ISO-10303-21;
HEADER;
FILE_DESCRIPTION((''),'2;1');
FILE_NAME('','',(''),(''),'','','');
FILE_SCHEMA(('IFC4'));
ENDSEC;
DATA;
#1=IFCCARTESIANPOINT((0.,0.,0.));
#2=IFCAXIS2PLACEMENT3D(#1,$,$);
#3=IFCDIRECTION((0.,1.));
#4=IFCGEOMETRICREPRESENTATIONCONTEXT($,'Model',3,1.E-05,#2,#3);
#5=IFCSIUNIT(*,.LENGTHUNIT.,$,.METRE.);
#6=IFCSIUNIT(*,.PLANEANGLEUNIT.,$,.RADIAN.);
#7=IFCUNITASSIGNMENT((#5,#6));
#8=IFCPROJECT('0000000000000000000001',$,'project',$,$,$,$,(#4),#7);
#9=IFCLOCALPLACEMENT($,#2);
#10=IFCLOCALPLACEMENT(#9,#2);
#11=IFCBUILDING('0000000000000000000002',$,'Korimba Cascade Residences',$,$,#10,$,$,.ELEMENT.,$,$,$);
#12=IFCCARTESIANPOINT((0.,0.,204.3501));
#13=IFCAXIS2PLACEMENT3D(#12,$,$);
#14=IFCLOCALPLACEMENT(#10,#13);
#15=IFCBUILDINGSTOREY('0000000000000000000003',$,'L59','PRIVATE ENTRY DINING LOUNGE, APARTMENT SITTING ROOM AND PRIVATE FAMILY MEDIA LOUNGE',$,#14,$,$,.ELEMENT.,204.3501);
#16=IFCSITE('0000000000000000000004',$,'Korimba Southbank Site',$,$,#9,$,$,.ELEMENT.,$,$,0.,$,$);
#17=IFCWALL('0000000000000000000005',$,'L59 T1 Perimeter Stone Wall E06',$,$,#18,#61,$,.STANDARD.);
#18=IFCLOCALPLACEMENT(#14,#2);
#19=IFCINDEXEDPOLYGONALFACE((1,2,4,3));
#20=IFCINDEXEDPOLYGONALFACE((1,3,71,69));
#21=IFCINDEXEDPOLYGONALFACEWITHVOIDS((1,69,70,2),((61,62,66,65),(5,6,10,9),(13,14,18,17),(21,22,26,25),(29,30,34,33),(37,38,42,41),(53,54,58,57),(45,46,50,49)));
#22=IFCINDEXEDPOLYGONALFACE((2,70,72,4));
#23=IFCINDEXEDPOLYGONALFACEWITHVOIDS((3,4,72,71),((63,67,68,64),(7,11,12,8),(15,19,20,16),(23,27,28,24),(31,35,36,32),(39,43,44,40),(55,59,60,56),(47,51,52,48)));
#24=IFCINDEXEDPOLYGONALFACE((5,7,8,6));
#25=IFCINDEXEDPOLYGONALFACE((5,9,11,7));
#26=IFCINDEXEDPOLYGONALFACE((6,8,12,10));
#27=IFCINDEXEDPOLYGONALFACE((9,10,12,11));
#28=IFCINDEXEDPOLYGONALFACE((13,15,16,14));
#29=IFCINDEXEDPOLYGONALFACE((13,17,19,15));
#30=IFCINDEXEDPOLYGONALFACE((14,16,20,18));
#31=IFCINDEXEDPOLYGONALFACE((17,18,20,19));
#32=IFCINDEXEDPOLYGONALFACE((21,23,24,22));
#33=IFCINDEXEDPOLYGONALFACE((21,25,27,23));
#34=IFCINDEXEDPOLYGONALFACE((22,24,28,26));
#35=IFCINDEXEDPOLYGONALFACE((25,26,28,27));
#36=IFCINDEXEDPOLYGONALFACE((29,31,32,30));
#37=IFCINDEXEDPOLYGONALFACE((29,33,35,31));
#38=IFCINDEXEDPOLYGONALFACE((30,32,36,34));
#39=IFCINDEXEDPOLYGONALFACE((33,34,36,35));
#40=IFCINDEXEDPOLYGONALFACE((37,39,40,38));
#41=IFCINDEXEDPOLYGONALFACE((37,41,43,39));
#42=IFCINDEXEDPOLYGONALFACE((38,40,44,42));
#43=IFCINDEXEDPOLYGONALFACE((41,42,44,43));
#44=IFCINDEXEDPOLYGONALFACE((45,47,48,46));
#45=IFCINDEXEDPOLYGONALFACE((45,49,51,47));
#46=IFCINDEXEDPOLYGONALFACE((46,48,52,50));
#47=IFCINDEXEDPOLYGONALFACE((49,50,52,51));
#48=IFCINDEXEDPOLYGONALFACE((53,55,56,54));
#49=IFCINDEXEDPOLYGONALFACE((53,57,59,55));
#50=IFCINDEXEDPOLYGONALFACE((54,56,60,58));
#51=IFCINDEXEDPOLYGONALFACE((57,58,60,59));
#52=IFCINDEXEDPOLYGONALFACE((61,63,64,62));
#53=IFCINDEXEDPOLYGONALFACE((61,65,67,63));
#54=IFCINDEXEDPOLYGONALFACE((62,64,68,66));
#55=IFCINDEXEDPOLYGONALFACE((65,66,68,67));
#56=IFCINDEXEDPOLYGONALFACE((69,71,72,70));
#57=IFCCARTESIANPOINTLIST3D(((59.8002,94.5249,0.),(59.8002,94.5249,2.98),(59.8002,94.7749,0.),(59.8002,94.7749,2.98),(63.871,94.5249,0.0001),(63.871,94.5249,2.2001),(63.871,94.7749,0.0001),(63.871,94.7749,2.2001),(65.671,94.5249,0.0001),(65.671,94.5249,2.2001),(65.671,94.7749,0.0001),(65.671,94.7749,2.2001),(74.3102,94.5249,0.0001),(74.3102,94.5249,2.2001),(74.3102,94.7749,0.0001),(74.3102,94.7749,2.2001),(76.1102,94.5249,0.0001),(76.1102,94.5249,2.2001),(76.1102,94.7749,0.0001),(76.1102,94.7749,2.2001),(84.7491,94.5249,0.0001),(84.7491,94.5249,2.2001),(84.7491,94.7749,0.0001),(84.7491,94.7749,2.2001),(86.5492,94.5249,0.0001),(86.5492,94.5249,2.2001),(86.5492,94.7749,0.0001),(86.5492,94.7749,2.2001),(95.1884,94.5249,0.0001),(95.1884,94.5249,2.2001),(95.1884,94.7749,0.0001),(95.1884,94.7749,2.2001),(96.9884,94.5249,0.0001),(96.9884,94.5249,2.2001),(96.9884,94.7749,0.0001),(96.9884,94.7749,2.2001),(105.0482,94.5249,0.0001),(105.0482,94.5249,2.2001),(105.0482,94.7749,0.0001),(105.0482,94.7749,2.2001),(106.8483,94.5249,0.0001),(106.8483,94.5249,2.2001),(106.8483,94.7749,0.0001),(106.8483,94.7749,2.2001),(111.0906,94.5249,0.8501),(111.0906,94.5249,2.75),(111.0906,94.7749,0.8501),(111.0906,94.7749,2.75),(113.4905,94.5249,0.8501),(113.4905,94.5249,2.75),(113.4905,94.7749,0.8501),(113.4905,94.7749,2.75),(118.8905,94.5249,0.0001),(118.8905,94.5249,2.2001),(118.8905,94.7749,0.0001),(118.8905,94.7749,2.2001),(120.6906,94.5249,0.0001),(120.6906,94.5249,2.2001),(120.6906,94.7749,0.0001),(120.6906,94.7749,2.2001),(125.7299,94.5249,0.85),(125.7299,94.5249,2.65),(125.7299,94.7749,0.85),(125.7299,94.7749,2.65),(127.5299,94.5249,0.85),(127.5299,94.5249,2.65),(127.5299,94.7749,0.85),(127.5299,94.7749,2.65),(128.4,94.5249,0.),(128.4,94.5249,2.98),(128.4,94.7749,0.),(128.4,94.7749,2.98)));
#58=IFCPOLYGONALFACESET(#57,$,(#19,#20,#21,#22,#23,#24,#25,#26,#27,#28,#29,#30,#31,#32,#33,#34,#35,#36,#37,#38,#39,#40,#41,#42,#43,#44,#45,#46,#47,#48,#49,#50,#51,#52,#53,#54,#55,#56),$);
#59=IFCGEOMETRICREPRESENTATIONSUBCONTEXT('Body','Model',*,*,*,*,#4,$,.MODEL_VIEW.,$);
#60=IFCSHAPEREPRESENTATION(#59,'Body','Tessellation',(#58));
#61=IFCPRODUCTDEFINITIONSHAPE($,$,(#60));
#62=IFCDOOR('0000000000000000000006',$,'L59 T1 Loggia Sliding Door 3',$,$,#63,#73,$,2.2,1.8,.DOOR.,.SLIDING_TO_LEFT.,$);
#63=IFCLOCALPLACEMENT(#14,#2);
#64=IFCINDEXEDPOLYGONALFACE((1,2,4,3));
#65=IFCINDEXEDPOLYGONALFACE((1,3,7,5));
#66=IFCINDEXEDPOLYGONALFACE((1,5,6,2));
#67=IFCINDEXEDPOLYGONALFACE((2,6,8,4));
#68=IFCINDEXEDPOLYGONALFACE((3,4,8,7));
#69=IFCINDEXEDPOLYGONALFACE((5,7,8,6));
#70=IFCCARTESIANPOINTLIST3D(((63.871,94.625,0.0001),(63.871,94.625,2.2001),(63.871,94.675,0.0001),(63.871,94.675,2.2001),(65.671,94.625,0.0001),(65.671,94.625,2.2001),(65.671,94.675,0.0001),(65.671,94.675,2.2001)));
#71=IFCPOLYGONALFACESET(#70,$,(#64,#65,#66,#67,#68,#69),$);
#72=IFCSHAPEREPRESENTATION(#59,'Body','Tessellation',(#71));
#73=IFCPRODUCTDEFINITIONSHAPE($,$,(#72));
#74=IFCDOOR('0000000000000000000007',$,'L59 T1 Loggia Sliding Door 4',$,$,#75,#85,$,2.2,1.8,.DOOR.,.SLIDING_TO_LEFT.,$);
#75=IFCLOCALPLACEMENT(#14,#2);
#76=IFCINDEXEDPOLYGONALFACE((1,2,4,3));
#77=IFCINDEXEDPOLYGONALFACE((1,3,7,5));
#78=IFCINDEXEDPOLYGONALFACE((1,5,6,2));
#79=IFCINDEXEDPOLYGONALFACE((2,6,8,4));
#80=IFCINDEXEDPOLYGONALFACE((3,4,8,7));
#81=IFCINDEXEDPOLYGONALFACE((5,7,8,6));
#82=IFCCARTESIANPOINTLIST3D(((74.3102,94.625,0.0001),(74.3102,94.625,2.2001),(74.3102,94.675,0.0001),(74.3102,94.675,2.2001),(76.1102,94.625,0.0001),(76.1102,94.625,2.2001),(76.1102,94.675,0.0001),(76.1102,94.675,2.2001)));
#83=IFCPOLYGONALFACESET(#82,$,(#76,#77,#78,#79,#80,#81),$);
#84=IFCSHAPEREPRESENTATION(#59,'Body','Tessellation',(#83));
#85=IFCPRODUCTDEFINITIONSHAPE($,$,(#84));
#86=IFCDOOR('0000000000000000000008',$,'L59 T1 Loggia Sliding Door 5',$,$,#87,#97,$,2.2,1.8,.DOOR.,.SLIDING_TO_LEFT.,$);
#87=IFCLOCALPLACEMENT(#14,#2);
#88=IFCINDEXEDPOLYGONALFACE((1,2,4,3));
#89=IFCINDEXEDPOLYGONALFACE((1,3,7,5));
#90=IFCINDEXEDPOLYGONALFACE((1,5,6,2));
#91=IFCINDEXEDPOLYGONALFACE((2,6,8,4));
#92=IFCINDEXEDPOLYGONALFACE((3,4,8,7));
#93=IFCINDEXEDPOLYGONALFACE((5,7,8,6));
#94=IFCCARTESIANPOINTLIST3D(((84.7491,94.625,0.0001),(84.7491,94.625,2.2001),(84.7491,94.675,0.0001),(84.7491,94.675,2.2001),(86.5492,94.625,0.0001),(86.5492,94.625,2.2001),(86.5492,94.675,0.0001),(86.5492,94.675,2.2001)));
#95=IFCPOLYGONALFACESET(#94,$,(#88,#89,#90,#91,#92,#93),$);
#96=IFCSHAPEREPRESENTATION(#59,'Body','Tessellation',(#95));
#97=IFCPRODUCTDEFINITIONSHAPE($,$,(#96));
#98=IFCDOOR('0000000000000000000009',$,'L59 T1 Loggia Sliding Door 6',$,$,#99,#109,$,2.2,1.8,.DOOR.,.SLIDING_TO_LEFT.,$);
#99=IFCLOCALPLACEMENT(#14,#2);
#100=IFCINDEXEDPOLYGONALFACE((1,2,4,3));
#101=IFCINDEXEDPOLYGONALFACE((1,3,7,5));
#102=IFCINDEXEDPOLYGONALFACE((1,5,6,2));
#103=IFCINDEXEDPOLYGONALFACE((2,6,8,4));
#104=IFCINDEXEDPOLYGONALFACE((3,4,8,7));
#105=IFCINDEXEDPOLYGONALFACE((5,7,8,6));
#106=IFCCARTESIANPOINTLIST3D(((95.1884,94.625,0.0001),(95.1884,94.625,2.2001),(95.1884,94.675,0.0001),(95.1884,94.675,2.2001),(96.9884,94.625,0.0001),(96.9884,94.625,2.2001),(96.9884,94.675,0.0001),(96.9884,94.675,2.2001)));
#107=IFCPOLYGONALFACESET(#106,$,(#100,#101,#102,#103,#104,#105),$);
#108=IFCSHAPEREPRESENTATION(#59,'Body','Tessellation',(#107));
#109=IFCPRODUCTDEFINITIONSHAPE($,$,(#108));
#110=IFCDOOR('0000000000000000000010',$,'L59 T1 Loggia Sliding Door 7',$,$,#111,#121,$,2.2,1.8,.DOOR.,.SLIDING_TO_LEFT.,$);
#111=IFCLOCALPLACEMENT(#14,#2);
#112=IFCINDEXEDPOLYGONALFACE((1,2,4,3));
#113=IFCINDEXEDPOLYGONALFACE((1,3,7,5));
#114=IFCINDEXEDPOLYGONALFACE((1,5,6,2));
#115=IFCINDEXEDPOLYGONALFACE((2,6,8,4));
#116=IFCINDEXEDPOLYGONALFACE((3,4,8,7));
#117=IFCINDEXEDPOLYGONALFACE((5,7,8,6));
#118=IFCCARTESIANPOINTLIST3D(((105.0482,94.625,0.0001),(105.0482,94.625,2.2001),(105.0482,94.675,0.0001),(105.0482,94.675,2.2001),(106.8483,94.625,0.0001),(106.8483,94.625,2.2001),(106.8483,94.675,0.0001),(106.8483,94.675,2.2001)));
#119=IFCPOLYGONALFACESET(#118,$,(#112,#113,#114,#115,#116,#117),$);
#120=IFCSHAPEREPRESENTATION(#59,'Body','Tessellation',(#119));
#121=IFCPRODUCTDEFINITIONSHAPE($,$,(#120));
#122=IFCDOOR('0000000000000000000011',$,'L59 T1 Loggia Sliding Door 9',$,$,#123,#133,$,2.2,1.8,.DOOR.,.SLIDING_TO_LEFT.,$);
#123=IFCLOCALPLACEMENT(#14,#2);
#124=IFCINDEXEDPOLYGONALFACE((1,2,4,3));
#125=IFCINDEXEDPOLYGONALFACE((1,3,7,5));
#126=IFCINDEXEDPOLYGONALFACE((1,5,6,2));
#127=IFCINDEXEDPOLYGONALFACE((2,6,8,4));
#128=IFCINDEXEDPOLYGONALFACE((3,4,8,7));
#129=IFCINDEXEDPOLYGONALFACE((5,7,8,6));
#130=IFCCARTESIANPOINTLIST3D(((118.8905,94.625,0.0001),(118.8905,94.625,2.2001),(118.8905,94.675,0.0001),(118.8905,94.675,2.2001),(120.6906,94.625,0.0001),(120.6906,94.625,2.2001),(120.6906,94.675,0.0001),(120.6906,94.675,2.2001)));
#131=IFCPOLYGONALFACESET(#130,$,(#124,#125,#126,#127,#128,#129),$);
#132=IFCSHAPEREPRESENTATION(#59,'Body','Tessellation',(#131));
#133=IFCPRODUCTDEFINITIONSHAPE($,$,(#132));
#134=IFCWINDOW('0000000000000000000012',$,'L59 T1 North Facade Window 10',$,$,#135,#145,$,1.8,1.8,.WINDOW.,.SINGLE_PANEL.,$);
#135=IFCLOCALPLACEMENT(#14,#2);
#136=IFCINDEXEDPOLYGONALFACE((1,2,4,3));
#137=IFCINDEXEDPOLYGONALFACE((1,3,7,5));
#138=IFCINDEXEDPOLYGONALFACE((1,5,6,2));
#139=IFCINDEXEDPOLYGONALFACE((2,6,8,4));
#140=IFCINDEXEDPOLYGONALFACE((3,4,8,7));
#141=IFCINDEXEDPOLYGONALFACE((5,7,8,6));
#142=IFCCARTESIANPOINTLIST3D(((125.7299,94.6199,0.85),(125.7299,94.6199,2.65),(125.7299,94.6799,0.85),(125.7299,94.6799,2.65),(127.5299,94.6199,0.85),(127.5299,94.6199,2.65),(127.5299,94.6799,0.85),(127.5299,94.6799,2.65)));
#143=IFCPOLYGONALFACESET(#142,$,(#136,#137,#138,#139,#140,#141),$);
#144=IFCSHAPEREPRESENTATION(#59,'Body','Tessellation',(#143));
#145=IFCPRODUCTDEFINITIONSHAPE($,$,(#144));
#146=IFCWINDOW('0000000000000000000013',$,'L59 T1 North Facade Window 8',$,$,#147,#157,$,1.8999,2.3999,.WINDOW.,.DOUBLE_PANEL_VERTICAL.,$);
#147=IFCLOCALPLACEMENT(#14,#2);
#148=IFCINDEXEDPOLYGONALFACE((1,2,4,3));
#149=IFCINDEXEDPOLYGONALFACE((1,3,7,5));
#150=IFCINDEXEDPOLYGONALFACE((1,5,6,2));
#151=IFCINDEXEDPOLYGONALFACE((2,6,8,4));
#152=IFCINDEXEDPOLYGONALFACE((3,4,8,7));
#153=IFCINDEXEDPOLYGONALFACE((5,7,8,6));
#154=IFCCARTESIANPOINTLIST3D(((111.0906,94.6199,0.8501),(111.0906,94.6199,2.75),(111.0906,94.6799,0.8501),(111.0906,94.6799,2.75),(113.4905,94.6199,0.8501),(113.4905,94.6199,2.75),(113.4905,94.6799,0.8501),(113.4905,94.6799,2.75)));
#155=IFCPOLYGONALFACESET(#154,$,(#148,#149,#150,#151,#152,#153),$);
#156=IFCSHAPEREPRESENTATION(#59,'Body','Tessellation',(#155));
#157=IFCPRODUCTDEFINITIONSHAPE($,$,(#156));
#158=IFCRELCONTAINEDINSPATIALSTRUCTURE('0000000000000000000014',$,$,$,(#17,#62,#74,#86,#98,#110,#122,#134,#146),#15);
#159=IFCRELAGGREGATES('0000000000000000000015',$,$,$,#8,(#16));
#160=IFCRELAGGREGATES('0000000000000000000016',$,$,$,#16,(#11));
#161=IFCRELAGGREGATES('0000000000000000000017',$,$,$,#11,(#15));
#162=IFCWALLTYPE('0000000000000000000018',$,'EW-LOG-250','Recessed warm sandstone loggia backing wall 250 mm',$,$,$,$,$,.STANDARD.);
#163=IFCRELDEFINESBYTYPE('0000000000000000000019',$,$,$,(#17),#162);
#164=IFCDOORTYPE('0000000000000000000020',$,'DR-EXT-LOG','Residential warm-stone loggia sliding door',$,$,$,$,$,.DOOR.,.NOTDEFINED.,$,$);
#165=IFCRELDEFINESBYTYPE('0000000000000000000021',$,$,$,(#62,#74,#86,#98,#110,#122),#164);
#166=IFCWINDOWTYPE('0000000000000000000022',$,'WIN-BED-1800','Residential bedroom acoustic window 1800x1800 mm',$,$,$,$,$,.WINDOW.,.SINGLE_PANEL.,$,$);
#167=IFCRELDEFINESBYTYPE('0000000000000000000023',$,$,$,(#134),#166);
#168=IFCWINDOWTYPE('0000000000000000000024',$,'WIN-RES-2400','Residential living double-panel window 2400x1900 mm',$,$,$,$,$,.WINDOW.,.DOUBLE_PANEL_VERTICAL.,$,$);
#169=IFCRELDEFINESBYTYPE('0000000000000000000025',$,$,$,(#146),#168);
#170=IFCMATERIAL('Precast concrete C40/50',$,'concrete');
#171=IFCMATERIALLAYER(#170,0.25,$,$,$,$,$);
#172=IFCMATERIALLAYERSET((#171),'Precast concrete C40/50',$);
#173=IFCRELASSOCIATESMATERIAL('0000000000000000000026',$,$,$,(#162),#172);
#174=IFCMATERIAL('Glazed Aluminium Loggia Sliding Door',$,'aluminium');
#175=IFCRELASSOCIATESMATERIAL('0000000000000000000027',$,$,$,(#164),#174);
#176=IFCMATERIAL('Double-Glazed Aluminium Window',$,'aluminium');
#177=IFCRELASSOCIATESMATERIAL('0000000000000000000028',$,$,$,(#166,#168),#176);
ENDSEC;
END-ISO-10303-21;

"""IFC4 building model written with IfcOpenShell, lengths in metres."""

from ifc_helpers import new_model, si_unit, direction, frame, frame_2d, origin, place, context, subcontext, project, spatial, rectangle, extrude, material, layer, layer_set, type_object, element, fill, save


model = new_model("IFC4")

# Units and contexts
model_context = context("Model", 3, precision=1e-05, world=origin(), true_north=direction((0.0, 1.0)))
body_context = subcontext(model_context, "Body", "Model", "MODEL_VIEW")
ifc_project = project(units=[si_unit("LENGTHUNIT", "METRE"), si_unit("PLANEANGLEUNIT", "RADIAN")], contexts=[model_context])

# Site, building, storey
site_placement = place(None, origin())
site = spatial("IfcSite", under=ifc_project, at=site_placement, Name="Korimba Southbank Site", CompositionType="ELEMENT", RefElevation=0.0)
building_placement = place(site_placement, origin())
building = spatial("IfcBuilding", under=site, at=building_placement, Name="Korimba Cascade Residences", CompositionType="ELEMENT")
storey_placement = place(building_placement, frame((0.0, 0.0, 204.3501)))
storey = spatial("IfcBuildingStorey", under=building, at=storey_placement, Name="L59", Description="PRIVATE ENTRY DINING LOUNGE, APARTMENT SITTING ROOM AND PRIVATE FAMILY MEDIA LOUNGE", CompositionType="ELEMENT", Elevation=204.3501)

# Wall, openings, doors, windows
ifc_material_1 = material(Name="Precast concrete C40/50", Category="concrete")
ifc_layer_1 = layer(ifc_material_1, 0.25)
ifc_layer_set_1 = layer_set([ifc_layer_1], Name="Precast concrete C40/50")
wall_type_1 = type_object("IfcWallType", Name="EW-LOG-250", Description="Recessed warm sandstone loggia backing wall 250 mm", PredefinedType="STANDARD", material=ifc_layer_set_1)
wall_placement = place(storey_placement, frame((128.3999, 94.6499, 0.0), z_axis=(0.0, 0.0, 1.0), x_axis=(-1.0, 0.0, 0.0)))
wall = element("IfcWall", 1, at=wall_placement, inside=storey, type_object=wall_type_1, Name="L59 T1 Perimeter Stone Wall E06", PredefinedType="STANDARD", context=body_context, shape_type="SweptSolid", body=[
    extrude(rectangle(XDim=68.5999, YDim=0.25, at=frame_2d((34.2998, 0.0))), origin(), (0.0, 0.0, 1.0), 2.98),
])
opening_1_placement = place(wall_placement, frame((62.729, 0.0, 0.0)))
opening_1 = element("IfcOpeningElement", 2, at=opening_1_placement, cuts=wall, PredefinedType="OPENING", context=body_context, shape_type="SweptSolid", body=[
    extrude(rectangle(XDim=1.8, YDim=2.2, at=frame_2d((0.8999, 1.1001))), frame((0.0, 0.135, 0.0), z_axis=(0.0, -1.0, 0.0), x_axis=(1.0, 0.0, 0.0)), (0.0, 0.0, 1.0), 0.27),
])
opening_2_placement = place(wall_placement, frame((52.2898, 0.0, 0.0)))
opening_2 = element("IfcOpeningElement", 3, at=opening_2_placement, cuts=wall, PredefinedType="OPENING", context=body_context, shape_type="SweptSolid", body=[
    extrude(rectangle(XDim=1.8, YDim=2.2, at=frame_2d((0.8999, 1.1001))), frame((0.0, 0.135, 0.0), z_axis=(0.0, -1.0, 0.0), x_axis=(1.0, 0.0, 0.0)), (0.0, 0.0, 1.0), 0.27),
])
opening_3_placement = place(wall_placement, frame((41.8508, 0.0, 0.0)))
opening_3 = element("IfcOpeningElement", 4, at=opening_3_placement, cuts=wall, PredefinedType="OPENING", context=body_context, shape_type="SweptSolid", body=[
    extrude(rectangle(XDim=1.8, YDim=2.2, at=frame_2d((0.8999, 1.1001))), frame((0.0, 0.135, 0.0), z_axis=(0.0, -1.0, 0.0), x_axis=(1.0, 0.0, 0.0)), (0.0, 0.0, 1.0), 0.27),
])
opening_4_placement = place(wall_placement, frame((31.4116, 0.0, 0.0)))
opening_4 = element("IfcOpeningElement", 5, at=opening_4_placement, cuts=wall, PredefinedType="OPENING", context=body_context, shape_type="SweptSolid", body=[
    extrude(rectangle(XDim=1.8, YDim=2.2, at=frame_2d((0.8999, 1.1001))), frame((0.0, 0.135, 0.0), z_axis=(0.0, -1.0, 0.0), x_axis=(1.0, 0.0, 0.0)), (0.0, 0.0, 1.0), 0.27),
])
opening_5_placement = place(wall_placement, frame((21.5518, 0.0, 0.0)))
opening_5 = element("IfcOpeningElement", 6, at=opening_5_placement, cuts=wall, PredefinedType="OPENING", context=body_context, shape_type="SweptSolid", body=[
    extrude(rectangle(XDim=1.8, YDim=2.2, at=frame_2d((0.8999, 1.1001))), frame((0.0, 0.135, 0.0), z_axis=(0.0, -1.0, 0.0), x_axis=(1.0, 0.0, 0.0)), (0.0, 0.0, 1.0), 0.27),
])
opening_6_placement = place(wall_placement, frame((14.9094, 0.0, 0.8501)))
opening_6 = element("IfcOpeningElement", 7, at=opening_6_placement, cuts=wall, PredefinedType="OPENING", context=body_context, shape_type="SweptSolid", body=[
    extrude(rectangle(XDim=2.3999, YDim=1.8999, at=frame_2d((1.2, 0.95))), frame((0.0, 0.135, 0.0), z_axis=(0.0, -1.0, 0.0), x_axis=(1.0, 0.0, 0.0)), (0.0, 0.0, 1.0), 0.27),
])
opening_7_placement = place(wall_placement, frame((7.7095, 0.0, 0.0)))
opening_7 = element("IfcOpeningElement", 8, at=opening_7_placement, cuts=wall, PredefinedType="OPENING", context=body_context, shape_type="SweptSolid", body=[
    extrude(rectangle(XDim=1.8, YDim=2.2, at=frame_2d((0.8999, 1.1001))), frame((0.0, 0.135, 0.0), z_axis=(0.0, -1.0, 0.0), x_axis=(1.0, 0.0, 0.0)), (0.0, 0.0, 1.0), 0.27),
])
opening_8_placement = place(wall_placement, frame((0.8701, 0.0, 0.8501)))
opening_8 = element("IfcOpeningElement", 9, at=opening_8_placement, cuts=wall, PredefinedType="OPENING", context=body_context, shape_type="SweptSolid", body=[
    extrude(rectangle(XDim=1.8, YDim=1.8, at=frame_2d((0.8999, 0.8999))), frame((0.0, 0.135, 0.0), z_axis=(0.0, -1.0, 0.0), x_axis=(1.0, 0.0, 0.0)), (0.0, 0.0, 1.0), 0.27),
])
ifc_material_2 = material(Name="Glazed Aluminium Loggia Sliding Door", Category="aluminium")
door_type = type_object("IfcDoorType", Name="DR-EXT-LOG", Description="Residential warm-stone loggia sliding door", OperationType="NOTDEFINED", PredefinedType="DOOR", material=ifc_material_2)
door_1_placement = place(opening_1_placement, origin())
door_1 = element("IfcDoor", 10, at=door_1_placement, inside=storey, type_object=door_type, Name="L59 T1 Loggia Sliding Door 3", OperationType="SLIDING_TO_LEFT", OverallHeight=2.2, OverallWidth=1.8, PredefinedType="DOOR", context=body_context, shape_type="SweptSolid", body=[
    extrude(rectangle(XDim=1.8, YDim=2.2, at=frame_2d((0.8999, 1.1001))), frame((0.0, 0.0249, 0.0), z_axis=(0.0, -1.0, 0.0), x_axis=(1.0, 0.0, 0.0)), (0.0, 0.0, 1.0), 0.05),
])
fill(opening_1, door_1)
door_2_placement = place(opening_2_placement, origin())
door_2 = element("IfcDoor", 11, at=door_2_placement, inside=storey, type_object=door_type, Name="L59 T1 Loggia Sliding Door 4", OperationType="SLIDING_TO_LEFT", OverallHeight=2.2, OverallWidth=1.8, PredefinedType="DOOR", context=body_context, shape_type="SweptSolid", body=[
    extrude(rectangle(XDim=1.8, YDim=2.2, at=frame_2d((0.8999, 1.1001))), frame((0.0, 0.0249, 0.0), z_axis=(0.0, -1.0, 0.0), x_axis=(1.0, 0.0, 0.0)), (0.0, 0.0, 1.0), 0.05),
])
fill(opening_2, door_2)
door_3_placement = place(opening_3_placement, origin())
door_3 = element("IfcDoor", 12, at=door_3_placement, inside=storey, type_object=door_type, Name="L59 T1 Loggia Sliding Door 5", OperationType="SLIDING_TO_LEFT", OverallHeight=2.2, OverallWidth=1.8, PredefinedType="DOOR", context=body_context, shape_type="SweptSolid", body=[
    extrude(rectangle(XDim=1.8, YDim=2.2, at=frame_2d((0.8999, 1.1001))), frame((0.0, 0.0249, 0.0), z_axis=(0.0, -1.0, 0.0), x_axis=(1.0, 0.0, 0.0)), (0.0, 0.0, 1.0), 0.05),
])
fill(opening_3, door_3)
door_4_placement = place(opening_4_placement, origin())
door_4 = element("IfcDoor", 13, at=door_4_placement, inside=storey, type_object=door_type, Name="L59 T1 Loggia Sliding Door 6", OperationType="SLIDING_TO_LEFT", OverallHeight=2.2, OverallWidth=1.8, PredefinedType="DOOR", context=body_context, shape_type="SweptSolid", body=[
    extrude(rectangle(XDim=1.8, YDim=2.2, at=frame_2d((0.8999, 1.1001))), frame((0.0, 0.0249, 0.0), z_axis=(0.0, -1.0, 0.0), x_axis=(1.0, 0.0, 0.0)), (0.0, 0.0, 1.0), 0.05),
])
fill(opening_4, door_4)
door_5_placement = place(opening_5_placement, origin())
door_5 = element("IfcDoor", 14, at=door_5_placement, inside=storey, type_object=door_type, Name="L59 T1 Loggia Sliding Door 7", OperationType="SLIDING_TO_LEFT", OverallHeight=2.2, OverallWidth=1.8, PredefinedType="DOOR", context=body_context, shape_type="SweptSolid", body=[
    extrude(rectangle(XDim=1.8, YDim=2.2, at=frame_2d((0.8999, 1.1001))), frame((0.0, 0.0249, 0.0), z_axis=(0.0, -1.0, 0.0), x_axis=(1.0, 0.0, 0.0)), (0.0, 0.0, 1.0), 0.05),
])
fill(opening_5, door_5)
door_6_placement = place(opening_7_placement, origin())
door_6 = element("IfcDoor", 15, at=door_6_placement, inside=storey, type_object=door_type, Name="L59 T1 Loggia Sliding Door 9", OperationType="SLIDING_TO_LEFT", OverallHeight=2.2, OverallWidth=1.8, PredefinedType="DOOR", context=body_context, shape_type="SweptSolid", body=[
    extrude(rectangle(XDim=1.8, YDim=2.2, at=frame_2d((0.8999, 1.1001))), frame((0.0, 0.0249, 0.0), z_axis=(0.0, -1.0, 0.0), x_axis=(1.0, 0.0, 0.0)), (0.0, 0.0, 1.0), 0.05),
])
fill(opening_7, door_6)
ifc_material_3 = material(Name="Double-Glazed Aluminium Window", Category="aluminium")
window_type_1 = type_object("IfcWindowType", Name="WIN-BED-1800", Description="Residential bedroom acoustic window 1800x1800 mm", PartitioningType="SINGLE_PANEL", PredefinedType="WINDOW", material=ifc_material_3)
window_1_placement = place(opening_8_placement, origin())
window_1 = element("IfcWindow", 16, at=window_1_placement, inside=storey, type_object=window_type_1, Name="L59 T1 North Facade Window 10", OverallHeight=1.8, OverallWidth=1.8, PartitioningType="SINGLE_PANEL", PredefinedType="WINDOW", context=body_context, shape_type="SweptSolid", body=[
    extrude(rectangle(XDim=1.8, YDim=1.8, at=frame_2d((0.8999, 0.8999))), frame((0.0, 0.03, 0.0), z_axis=(0.0, -1.0, 0.0), x_axis=(1.0, 0.0, 0.0)), (0.0, 0.0, 1.0), 0.0601),
])
fill(opening_8, window_1)
window_type_2 = type_object("IfcWindowType", Name="WIN-RES-2400", Description="Residential living double-panel window 2400x1900 mm", PartitioningType="DOUBLE_PANEL_VERTICAL", PredefinedType="WINDOW", material=ifc_material_3)
window_2_placement = place(opening_6_placement, origin())
window_2 = element("IfcWindow", 17, at=window_2_placement, inside=storey, type_object=window_type_2, Name="L59 T1 North Facade Window 8", OverallHeight=1.8999, OverallWidth=2.3999, PartitioningType="DOUBLE_PANEL_VERTICAL", PredefinedType="WINDOW", context=body_context, shape_type="SweptSolid", body=[
    extrude(rectangle(XDim=2.3999, YDim=1.8999, at=frame_2d((1.2, 0.95))), frame((0.0, 0.03, 0.0), z_axis=(0.0, -1.0, 0.0), x_axis=(1.0, 0.0, 0.0)), (0.0, 0.0, 1.0), 0.0601),
])
fill(opening_6, window_2)

save(model, "model.ifc")
